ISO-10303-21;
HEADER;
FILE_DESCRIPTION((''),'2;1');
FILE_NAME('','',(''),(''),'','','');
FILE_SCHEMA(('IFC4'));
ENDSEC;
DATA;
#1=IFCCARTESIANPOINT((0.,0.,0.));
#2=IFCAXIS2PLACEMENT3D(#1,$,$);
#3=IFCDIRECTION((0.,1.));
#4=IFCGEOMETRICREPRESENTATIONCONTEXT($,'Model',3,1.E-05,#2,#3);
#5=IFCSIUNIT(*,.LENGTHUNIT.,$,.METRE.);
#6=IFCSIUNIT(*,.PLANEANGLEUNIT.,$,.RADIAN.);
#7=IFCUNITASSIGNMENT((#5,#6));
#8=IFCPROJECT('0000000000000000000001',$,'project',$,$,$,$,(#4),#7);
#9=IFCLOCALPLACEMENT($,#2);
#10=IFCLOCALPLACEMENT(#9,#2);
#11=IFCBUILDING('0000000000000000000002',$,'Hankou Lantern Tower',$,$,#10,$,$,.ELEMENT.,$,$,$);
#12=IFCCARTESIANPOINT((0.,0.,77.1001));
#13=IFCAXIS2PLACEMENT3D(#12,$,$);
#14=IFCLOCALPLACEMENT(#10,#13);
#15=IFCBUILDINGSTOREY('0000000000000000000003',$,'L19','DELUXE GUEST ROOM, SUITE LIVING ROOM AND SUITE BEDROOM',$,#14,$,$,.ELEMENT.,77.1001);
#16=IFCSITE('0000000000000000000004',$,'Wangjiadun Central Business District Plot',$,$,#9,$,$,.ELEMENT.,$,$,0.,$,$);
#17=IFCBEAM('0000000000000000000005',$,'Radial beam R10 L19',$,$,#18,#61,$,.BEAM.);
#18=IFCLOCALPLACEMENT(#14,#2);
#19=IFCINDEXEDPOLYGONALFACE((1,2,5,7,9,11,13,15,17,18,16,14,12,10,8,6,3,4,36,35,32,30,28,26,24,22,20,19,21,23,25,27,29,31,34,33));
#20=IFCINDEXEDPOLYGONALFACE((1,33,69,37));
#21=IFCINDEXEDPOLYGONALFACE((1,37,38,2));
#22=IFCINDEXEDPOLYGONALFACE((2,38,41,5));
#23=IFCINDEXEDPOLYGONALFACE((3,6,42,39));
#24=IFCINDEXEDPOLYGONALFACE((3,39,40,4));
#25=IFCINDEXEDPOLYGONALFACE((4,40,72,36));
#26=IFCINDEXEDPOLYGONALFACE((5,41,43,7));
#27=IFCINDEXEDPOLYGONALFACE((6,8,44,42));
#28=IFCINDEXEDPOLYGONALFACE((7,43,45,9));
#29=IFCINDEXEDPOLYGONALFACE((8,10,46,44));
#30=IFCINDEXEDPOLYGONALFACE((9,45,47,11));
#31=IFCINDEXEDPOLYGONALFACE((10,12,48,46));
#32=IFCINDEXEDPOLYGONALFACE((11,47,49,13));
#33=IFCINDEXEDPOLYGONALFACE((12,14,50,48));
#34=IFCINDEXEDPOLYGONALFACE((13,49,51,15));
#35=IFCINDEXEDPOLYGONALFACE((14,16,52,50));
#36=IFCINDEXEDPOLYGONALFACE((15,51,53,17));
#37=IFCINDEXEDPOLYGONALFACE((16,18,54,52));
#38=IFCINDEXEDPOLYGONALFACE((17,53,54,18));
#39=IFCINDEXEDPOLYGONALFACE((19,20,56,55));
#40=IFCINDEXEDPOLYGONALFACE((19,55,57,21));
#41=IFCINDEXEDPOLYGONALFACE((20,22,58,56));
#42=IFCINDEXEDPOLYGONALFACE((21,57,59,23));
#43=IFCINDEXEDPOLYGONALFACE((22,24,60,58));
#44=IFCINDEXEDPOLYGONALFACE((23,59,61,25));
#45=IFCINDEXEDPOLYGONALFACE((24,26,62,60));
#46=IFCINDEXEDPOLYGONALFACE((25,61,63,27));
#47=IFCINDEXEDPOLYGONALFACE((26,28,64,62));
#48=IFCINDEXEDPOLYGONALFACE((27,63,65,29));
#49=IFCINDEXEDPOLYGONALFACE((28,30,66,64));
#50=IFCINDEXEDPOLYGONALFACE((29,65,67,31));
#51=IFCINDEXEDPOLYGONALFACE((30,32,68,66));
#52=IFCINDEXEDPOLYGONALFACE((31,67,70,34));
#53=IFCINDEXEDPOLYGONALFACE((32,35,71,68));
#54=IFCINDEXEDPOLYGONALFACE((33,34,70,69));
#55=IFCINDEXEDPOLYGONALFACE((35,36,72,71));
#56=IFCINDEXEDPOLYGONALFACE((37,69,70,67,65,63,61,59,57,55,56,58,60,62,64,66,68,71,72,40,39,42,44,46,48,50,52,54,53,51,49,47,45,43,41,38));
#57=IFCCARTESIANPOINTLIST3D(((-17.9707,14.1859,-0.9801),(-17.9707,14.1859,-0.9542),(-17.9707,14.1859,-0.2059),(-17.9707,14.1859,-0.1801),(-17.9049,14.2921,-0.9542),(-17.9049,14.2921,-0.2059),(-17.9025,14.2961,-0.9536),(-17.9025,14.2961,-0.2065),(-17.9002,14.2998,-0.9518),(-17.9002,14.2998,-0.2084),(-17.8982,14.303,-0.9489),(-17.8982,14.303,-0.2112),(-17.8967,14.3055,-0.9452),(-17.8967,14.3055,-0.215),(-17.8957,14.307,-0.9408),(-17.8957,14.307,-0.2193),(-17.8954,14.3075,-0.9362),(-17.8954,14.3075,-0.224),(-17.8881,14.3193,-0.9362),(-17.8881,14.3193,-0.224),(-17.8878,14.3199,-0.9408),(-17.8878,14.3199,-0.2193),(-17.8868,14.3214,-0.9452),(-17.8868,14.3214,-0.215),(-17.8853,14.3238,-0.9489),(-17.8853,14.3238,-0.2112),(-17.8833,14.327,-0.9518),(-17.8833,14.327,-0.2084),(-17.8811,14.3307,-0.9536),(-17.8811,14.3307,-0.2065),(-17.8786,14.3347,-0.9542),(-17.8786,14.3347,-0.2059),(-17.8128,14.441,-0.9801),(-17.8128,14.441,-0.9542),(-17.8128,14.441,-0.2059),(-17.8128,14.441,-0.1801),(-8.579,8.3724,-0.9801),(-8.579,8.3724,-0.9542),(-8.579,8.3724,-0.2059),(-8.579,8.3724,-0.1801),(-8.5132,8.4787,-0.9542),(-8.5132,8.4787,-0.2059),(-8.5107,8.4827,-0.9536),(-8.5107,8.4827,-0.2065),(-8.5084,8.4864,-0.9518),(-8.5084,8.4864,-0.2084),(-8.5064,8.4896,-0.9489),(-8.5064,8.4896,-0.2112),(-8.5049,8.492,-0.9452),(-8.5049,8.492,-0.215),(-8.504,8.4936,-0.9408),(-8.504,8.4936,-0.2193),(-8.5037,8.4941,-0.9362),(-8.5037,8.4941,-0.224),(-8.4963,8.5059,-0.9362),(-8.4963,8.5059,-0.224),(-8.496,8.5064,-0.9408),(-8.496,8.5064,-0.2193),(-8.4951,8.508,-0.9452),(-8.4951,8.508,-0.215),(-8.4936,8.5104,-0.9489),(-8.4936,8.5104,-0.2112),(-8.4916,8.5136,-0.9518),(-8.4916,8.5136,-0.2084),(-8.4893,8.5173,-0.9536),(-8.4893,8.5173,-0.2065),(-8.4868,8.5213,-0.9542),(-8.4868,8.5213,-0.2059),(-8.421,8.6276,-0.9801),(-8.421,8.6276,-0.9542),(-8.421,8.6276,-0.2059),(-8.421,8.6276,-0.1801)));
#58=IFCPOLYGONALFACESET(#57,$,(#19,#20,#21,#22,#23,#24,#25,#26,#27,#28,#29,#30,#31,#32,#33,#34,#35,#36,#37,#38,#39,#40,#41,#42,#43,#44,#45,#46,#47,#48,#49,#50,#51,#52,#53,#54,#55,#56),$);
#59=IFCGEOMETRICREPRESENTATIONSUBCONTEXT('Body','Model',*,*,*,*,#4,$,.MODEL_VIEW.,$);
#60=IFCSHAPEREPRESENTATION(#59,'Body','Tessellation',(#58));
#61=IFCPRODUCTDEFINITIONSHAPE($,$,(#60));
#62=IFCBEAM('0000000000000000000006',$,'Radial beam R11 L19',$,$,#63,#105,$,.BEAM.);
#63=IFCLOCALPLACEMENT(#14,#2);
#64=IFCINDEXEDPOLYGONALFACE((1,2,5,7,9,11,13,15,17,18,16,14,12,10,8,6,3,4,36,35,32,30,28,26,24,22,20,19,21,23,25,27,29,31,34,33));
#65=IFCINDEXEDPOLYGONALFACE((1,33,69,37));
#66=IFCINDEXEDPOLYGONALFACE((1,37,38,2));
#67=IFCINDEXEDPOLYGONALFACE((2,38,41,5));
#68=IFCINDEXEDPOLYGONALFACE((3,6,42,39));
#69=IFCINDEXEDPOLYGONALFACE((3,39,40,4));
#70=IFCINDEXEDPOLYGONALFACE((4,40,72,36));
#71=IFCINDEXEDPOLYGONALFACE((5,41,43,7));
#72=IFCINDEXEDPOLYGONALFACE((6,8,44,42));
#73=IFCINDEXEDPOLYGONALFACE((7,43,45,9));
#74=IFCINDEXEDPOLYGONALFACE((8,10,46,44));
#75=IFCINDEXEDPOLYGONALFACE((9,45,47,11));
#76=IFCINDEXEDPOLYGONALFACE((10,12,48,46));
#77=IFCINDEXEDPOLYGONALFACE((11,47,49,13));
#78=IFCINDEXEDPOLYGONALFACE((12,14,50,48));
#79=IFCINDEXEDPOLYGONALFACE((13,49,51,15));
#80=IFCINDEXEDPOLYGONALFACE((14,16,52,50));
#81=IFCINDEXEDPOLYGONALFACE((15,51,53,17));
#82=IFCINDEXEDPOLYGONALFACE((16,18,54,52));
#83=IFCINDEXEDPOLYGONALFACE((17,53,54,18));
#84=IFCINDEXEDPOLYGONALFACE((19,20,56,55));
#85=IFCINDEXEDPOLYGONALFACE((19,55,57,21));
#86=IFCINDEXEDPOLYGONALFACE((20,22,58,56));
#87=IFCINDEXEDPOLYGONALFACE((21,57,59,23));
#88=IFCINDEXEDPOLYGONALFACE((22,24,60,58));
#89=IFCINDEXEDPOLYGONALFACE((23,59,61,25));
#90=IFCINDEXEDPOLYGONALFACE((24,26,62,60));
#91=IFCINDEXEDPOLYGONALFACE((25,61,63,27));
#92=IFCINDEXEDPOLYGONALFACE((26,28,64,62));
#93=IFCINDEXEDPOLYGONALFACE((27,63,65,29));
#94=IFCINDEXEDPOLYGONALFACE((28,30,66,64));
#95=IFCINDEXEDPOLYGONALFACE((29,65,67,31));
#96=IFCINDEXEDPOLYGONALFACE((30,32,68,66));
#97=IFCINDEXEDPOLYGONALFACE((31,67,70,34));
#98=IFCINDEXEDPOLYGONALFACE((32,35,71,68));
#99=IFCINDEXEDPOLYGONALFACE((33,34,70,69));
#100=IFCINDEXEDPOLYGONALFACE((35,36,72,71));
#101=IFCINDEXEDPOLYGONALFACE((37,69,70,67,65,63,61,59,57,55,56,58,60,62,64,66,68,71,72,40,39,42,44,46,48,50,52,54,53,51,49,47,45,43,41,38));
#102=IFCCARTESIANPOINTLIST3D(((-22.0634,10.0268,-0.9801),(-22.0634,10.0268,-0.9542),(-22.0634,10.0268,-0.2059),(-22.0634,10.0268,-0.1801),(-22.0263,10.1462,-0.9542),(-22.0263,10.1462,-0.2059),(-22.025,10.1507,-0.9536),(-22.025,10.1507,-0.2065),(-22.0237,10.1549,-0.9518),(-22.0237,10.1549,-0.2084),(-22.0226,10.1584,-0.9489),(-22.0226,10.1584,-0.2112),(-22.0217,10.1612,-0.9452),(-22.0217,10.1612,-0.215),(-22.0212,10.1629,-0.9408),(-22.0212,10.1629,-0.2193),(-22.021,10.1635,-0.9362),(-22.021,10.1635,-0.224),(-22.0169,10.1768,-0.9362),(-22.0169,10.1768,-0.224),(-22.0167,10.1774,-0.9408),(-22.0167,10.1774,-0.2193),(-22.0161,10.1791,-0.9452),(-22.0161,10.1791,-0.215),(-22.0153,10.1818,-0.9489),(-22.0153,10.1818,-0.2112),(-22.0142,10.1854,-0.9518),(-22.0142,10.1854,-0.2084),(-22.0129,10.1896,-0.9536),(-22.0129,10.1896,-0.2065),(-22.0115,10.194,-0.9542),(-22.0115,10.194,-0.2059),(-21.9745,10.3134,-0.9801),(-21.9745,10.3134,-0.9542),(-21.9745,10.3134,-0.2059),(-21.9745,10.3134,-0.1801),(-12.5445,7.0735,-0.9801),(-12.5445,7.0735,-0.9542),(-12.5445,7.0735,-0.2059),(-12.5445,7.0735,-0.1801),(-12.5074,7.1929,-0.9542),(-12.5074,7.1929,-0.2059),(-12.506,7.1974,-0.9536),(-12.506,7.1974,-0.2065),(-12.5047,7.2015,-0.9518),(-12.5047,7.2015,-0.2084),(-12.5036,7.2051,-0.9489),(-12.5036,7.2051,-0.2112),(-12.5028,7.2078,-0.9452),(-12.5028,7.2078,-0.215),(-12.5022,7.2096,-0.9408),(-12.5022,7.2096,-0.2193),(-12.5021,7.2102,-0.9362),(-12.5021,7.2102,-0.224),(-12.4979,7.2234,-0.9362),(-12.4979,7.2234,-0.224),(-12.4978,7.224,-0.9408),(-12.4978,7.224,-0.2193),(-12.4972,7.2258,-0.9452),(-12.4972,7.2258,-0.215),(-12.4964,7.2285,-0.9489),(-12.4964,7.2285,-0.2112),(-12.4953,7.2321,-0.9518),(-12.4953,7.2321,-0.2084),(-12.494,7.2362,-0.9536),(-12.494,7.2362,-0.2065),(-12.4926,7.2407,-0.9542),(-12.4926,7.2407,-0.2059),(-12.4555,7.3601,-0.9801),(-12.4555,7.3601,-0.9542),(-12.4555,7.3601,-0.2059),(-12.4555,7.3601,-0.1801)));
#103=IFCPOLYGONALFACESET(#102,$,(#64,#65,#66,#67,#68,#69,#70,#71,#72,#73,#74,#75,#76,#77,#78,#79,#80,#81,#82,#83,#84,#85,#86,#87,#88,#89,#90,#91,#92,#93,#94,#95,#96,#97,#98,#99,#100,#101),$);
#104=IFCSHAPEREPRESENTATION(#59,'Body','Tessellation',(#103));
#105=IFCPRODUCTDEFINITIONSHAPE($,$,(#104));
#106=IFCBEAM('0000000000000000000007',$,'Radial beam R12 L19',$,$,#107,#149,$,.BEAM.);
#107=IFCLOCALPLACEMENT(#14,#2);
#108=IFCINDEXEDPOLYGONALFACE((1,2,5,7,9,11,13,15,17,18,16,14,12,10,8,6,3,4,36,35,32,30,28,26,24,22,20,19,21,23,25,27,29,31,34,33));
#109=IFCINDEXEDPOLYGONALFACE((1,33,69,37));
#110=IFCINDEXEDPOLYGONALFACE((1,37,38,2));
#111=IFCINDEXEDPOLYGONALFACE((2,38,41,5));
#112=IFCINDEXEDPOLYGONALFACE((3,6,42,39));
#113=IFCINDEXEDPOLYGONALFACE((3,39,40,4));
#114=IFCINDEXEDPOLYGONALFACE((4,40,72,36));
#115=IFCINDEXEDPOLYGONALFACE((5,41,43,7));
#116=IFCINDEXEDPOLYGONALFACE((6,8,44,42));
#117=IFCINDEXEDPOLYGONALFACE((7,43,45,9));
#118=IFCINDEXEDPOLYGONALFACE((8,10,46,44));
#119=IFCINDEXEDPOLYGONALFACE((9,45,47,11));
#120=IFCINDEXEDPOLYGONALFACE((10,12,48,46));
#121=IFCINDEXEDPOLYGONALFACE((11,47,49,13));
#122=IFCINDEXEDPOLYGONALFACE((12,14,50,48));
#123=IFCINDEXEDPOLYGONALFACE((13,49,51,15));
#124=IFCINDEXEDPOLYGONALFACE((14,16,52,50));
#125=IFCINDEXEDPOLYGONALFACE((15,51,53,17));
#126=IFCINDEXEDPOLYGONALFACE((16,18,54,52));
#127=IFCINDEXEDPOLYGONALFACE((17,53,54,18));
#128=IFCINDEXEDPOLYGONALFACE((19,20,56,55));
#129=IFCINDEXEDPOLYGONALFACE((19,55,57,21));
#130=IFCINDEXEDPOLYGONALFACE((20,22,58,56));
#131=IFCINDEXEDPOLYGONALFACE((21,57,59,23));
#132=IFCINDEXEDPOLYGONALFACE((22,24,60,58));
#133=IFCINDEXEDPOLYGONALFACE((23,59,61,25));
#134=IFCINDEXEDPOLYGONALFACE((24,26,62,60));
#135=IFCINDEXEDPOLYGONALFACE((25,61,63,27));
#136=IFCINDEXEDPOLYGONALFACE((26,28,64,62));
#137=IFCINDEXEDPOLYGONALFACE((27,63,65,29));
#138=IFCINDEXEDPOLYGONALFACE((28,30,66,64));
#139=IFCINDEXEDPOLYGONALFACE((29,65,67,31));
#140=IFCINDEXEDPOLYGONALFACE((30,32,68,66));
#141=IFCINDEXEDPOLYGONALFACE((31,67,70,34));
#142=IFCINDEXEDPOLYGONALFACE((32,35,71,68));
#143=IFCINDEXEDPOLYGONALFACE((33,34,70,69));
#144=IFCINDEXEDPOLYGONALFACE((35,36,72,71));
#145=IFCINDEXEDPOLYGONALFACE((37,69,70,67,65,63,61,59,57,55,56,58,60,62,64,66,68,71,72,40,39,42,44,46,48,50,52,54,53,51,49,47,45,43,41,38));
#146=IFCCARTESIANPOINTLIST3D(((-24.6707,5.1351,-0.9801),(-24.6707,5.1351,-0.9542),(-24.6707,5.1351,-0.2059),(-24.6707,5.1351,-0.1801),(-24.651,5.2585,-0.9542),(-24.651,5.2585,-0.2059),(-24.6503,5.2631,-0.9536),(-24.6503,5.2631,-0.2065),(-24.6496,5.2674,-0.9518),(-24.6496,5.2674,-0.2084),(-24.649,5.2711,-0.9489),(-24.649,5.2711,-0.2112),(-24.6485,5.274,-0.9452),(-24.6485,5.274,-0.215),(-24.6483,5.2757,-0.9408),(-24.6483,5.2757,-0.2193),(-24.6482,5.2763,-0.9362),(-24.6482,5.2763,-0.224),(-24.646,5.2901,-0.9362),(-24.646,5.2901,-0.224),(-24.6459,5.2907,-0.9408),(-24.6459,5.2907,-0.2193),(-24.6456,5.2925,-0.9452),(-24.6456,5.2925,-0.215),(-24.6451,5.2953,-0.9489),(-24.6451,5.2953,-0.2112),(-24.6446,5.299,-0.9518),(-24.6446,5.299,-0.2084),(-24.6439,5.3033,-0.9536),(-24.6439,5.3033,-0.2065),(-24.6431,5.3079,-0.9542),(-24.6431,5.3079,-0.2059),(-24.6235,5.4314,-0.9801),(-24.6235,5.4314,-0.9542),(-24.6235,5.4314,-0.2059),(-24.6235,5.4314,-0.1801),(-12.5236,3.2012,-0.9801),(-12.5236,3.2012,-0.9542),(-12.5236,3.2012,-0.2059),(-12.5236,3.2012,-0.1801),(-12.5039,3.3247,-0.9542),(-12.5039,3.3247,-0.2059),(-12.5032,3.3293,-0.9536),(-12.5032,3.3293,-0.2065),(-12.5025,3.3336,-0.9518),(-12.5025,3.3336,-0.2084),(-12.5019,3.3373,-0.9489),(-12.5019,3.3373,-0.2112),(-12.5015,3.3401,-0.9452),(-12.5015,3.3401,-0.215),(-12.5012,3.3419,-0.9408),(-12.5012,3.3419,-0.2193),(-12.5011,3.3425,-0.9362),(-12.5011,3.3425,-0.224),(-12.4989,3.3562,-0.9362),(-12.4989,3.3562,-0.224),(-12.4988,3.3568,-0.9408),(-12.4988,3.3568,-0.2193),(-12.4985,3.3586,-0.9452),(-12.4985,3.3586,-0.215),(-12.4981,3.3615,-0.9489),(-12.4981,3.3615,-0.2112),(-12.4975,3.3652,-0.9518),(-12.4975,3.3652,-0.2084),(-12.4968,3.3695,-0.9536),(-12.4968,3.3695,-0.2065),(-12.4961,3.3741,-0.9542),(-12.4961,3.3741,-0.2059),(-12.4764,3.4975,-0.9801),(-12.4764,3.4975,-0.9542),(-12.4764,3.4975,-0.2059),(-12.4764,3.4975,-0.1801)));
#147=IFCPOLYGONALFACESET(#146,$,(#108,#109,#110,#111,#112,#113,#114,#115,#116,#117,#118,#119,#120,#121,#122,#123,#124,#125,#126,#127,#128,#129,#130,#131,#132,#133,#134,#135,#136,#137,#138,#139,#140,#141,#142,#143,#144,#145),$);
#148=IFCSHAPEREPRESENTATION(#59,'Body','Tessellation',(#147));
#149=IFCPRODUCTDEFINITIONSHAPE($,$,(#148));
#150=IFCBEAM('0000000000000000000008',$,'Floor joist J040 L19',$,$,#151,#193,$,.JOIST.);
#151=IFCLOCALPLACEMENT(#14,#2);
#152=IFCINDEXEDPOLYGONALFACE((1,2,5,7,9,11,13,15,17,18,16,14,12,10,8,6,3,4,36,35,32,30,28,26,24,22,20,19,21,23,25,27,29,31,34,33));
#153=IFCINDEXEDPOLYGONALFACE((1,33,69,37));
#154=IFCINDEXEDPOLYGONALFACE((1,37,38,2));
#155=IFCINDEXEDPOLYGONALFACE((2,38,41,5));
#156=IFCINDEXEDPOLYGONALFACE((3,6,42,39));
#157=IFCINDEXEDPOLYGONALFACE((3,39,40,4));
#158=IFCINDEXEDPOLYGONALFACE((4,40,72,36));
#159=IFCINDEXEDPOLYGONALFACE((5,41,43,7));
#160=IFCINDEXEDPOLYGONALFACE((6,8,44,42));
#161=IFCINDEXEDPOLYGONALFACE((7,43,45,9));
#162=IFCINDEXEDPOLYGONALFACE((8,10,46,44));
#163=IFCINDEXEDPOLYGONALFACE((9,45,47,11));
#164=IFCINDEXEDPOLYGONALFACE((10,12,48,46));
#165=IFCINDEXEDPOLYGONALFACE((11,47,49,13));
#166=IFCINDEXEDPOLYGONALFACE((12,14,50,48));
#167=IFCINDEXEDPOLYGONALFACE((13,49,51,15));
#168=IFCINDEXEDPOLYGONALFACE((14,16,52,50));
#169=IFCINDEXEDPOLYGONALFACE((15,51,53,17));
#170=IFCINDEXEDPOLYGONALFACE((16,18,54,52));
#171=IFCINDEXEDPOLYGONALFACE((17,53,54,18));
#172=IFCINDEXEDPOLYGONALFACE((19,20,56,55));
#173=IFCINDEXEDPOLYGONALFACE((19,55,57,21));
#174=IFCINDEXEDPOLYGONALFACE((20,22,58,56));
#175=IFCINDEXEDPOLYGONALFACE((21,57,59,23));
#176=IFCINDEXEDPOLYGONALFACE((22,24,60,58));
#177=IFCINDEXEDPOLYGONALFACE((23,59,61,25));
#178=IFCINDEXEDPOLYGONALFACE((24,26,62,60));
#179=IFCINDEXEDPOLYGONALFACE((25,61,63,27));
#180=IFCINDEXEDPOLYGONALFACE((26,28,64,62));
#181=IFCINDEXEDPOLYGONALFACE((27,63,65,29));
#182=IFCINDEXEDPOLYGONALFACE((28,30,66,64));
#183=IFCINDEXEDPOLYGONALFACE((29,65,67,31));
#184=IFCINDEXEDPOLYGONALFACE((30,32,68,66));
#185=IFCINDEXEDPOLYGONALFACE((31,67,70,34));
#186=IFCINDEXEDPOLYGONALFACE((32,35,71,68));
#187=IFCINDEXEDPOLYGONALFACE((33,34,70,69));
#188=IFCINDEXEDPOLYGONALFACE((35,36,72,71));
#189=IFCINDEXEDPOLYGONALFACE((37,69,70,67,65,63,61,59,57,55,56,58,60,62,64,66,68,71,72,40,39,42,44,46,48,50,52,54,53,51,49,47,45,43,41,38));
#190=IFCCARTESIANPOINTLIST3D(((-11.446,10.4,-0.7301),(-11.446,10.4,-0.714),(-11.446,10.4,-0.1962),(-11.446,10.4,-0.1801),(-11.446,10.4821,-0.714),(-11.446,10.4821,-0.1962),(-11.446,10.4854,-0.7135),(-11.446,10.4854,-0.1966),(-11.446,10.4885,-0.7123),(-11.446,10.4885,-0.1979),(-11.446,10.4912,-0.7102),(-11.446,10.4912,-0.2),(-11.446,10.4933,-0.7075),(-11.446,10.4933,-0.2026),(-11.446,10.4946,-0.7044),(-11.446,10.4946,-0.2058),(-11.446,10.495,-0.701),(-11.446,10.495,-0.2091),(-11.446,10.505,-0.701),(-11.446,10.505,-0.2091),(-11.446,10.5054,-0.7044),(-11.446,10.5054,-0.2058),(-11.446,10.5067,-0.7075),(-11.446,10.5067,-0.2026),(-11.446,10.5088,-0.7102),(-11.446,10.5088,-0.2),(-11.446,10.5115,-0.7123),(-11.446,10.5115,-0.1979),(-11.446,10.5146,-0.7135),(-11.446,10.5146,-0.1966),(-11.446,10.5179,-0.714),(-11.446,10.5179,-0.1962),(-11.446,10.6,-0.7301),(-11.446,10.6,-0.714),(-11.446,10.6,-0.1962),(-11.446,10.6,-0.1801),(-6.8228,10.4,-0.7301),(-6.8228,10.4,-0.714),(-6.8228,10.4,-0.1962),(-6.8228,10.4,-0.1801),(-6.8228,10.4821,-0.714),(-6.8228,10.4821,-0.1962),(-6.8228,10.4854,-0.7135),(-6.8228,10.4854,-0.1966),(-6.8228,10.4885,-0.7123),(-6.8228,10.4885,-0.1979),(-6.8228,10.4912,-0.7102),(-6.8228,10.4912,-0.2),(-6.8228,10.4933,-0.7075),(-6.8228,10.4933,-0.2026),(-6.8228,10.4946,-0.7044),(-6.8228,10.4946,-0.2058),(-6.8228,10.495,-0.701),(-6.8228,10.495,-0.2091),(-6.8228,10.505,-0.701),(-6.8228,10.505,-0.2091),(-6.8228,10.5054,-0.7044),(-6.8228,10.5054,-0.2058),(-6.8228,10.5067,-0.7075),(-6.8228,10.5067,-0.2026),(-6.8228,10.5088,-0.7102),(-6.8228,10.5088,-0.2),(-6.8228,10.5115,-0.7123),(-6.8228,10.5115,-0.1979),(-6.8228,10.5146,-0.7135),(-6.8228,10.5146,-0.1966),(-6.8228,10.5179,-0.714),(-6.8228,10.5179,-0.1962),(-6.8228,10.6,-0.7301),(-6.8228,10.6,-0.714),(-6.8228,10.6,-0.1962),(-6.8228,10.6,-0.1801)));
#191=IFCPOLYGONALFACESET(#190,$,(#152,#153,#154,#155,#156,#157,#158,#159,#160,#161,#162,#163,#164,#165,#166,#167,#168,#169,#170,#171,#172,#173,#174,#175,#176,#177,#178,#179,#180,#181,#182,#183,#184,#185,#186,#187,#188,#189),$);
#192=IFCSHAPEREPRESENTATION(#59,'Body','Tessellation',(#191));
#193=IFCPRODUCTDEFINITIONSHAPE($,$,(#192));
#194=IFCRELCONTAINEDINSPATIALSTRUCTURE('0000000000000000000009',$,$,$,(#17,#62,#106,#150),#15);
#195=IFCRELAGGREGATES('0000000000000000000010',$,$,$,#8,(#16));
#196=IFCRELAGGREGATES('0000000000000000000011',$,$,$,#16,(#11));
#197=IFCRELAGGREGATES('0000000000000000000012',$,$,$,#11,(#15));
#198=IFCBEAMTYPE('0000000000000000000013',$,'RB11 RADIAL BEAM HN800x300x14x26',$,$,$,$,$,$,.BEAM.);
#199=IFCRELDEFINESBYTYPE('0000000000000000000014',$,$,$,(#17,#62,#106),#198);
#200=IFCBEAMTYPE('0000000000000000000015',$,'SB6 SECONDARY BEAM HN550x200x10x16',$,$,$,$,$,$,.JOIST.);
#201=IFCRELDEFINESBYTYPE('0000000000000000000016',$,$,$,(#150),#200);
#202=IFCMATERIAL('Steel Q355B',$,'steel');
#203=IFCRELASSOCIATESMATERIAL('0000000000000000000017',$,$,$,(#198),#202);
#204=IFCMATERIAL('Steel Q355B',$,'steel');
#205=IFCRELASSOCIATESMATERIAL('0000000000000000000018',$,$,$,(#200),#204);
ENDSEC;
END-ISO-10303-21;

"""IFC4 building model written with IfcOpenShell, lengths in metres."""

from ifc_helpers import new_model, si_unit, direction, frame, origin, origin_2d, place, context, subcontext, project, spatial, i_section, extrude, material, material_profile, profile_set, type_object, element, save


model = new_model("IFC4")

# Units and contexts
model_context = context("Model", 3, precision=1e-05, world=origin(), true_north=direction((0.0, 1.0)))
body_context = subcontext(model_context, "Body", "Model", "MODEL_VIEW")
ifc_project = project(units=[si_unit("LENGTHUNIT", "METRE"), si_unit("PLANEANGLEUNIT", "RADIAN")], contexts=[model_context])

# Site, building, storey
site_placement = place(None, origin())
site = spatial("IfcSite", under=ifc_project, at=site_placement, Name="Wangjiadun Central Business District Plot", CompositionType="ELEMENT", RefElevation=0.0)
building_placement = place(site_placement, origin())
building = spatial("IfcBuilding", under=site, at=building_placement, Name="Hankou Lantern Tower", CompositionType="ELEMENT")
storey_placement = place(building_placement, frame((0.0, 0.0, 77.1001)))
storey = spatial("IfcBuildingStorey", under=building, at=storey_placement, Name="L19", Description="DELUXE GUEST ROOM, SUITE LIVING ROOM AND SUITE BEDROOM", CompositionType="ELEMENT", Elevation=77.1001)

# Beams
ifc_material_1 = material(Name="Steel Q355B", Category="steel")
ifc_material_profile_1 = material_profile(ifc_material_1, i_section(OverallWidth=0.3, OverallDepth=0.8, WebThickness=0.0139, FlangeThickness=0.0259, FilletRadius=0.0181, at=origin_2d()), Name="HN800x300x14x26")
ifc_profile_set_1 = profile_set([ifc_material_profile_1], Name="Steel Q355B")
beam_type_1 = type_object("IfcBeamType", Name="RB11 RADIAL BEAM HN800x300x14x26", PredefinedType="BEAM", material=ifc_profile_set_1)
beam_1_placement = place(storey_placement, frame((-8.5, 8.5, -0.5801), z_axis=(-0.850286, 0.52632, 0.0), x_axis=(-0.52632, -0.850286, 0.0)))
element("IfcBeam", 1, at=beam_1_placement, inside=storey, type_object=beam_type_1, Name="Radial beam R10 L19", PredefinedType="BEAM", context=body_context, shape_type="SweptSolid", body=[
    extrude(i_section(OverallWidth=0.3, OverallDepth=0.8, WebThickness=0.0139, FlangeThickness=0.0259, FilletRadius=0.0181, at=origin_2d()), origin(), (0.0, 0.0, 1.0), 11.0454),
])
beam_2_placement = place(storey_placement, frame((-12.5, 7.2168, -0.5801), z_axis=(-0.955087, 0.296324, 0.0), x_axis=(-0.296324, -0.955087, 0.0)))
element("IfcBeam", 2, at=beam_2_placement, inside=storey, type_object=beam_type_1, Name="Radial beam R11 L19", PredefinedType="BEAM", context=body_context, shape_type="SweptSolid", body=[
    extrude(i_section(OverallWidth=0.3, OverallDepth=0.8, WebThickness=0.0139, FlangeThickness=0.0259, FilletRadius=0.0181, at=origin_2d()), origin(), (0.0, 0.0, 1.0), 9.9666),
])
beam_3_placement = place(storey_placement, frame((-12.5, 3.3494, -0.5801), z_axis=(-0.987563, 0.157223, 0.0), x_axis=(-0.157223, -0.987563, 0.0)))
element("IfcBeam", 3, at=beam_3_placement, inside=storey, type_object=beam_type_1, Name="Radial beam R12 L19", PredefinedType="BEAM", context=body_context, shape_type="SweptSolid", body=[
    extrude(i_section(OverallWidth=0.3, OverallDepth=0.8, WebThickness=0.0139, FlangeThickness=0.0259, FilletRadius=0.0181, at=origin_2d()), origin(), (0.0, 0.0, 1.0), 12.3),
])
ifc_material_2 = material(Name="Steel Q355B", Category="steel")
ifc_material_profile_2 = material_profile(ifc_material_2, i_section(OverallWidth=0.2, OverallDepth=0.55, WebThickness=0.01, FlangeThickness=0.0161, FilletRadius=0.0129, at=origin_2d()), Name="HN550x200x10x16")
ifc_profile_set_2 = profile_set([ifc_material_profile_2], Name="Steel Q355B")
beam_type_2 = type_object("IfcBeamType", Name="SB6 SECONDARY BEAM HN550x200x10x16", PredefinedType="JOIST", material=ifc_profile_set_2)
beam_4_placement = place(storey_placement, frame((-11.446, 10.5, -0.4551), z_axis=(1.0, 0.0, 0.0), x_axis=(0.0, 1.0, 0.0)))
element("IfcBeam", 4, at=beam_4_placement, inside=storey, type_object=beam_type_2, Name="Floor joist J040 L19", PredefinedType="JOIST", context=body_context, shape_type="SweptSolid", body=[
    extrude(i_section(OverallWidth=0.2, OverallDepth=0.55, WebThickness=0.01, FlangeThickness=0.0161, FilletRadius=0.0129, at=origin_2d()), origin(), (0.0, 0.0, 1.0), 4.6233),
])

save(model, "model.ifc")
